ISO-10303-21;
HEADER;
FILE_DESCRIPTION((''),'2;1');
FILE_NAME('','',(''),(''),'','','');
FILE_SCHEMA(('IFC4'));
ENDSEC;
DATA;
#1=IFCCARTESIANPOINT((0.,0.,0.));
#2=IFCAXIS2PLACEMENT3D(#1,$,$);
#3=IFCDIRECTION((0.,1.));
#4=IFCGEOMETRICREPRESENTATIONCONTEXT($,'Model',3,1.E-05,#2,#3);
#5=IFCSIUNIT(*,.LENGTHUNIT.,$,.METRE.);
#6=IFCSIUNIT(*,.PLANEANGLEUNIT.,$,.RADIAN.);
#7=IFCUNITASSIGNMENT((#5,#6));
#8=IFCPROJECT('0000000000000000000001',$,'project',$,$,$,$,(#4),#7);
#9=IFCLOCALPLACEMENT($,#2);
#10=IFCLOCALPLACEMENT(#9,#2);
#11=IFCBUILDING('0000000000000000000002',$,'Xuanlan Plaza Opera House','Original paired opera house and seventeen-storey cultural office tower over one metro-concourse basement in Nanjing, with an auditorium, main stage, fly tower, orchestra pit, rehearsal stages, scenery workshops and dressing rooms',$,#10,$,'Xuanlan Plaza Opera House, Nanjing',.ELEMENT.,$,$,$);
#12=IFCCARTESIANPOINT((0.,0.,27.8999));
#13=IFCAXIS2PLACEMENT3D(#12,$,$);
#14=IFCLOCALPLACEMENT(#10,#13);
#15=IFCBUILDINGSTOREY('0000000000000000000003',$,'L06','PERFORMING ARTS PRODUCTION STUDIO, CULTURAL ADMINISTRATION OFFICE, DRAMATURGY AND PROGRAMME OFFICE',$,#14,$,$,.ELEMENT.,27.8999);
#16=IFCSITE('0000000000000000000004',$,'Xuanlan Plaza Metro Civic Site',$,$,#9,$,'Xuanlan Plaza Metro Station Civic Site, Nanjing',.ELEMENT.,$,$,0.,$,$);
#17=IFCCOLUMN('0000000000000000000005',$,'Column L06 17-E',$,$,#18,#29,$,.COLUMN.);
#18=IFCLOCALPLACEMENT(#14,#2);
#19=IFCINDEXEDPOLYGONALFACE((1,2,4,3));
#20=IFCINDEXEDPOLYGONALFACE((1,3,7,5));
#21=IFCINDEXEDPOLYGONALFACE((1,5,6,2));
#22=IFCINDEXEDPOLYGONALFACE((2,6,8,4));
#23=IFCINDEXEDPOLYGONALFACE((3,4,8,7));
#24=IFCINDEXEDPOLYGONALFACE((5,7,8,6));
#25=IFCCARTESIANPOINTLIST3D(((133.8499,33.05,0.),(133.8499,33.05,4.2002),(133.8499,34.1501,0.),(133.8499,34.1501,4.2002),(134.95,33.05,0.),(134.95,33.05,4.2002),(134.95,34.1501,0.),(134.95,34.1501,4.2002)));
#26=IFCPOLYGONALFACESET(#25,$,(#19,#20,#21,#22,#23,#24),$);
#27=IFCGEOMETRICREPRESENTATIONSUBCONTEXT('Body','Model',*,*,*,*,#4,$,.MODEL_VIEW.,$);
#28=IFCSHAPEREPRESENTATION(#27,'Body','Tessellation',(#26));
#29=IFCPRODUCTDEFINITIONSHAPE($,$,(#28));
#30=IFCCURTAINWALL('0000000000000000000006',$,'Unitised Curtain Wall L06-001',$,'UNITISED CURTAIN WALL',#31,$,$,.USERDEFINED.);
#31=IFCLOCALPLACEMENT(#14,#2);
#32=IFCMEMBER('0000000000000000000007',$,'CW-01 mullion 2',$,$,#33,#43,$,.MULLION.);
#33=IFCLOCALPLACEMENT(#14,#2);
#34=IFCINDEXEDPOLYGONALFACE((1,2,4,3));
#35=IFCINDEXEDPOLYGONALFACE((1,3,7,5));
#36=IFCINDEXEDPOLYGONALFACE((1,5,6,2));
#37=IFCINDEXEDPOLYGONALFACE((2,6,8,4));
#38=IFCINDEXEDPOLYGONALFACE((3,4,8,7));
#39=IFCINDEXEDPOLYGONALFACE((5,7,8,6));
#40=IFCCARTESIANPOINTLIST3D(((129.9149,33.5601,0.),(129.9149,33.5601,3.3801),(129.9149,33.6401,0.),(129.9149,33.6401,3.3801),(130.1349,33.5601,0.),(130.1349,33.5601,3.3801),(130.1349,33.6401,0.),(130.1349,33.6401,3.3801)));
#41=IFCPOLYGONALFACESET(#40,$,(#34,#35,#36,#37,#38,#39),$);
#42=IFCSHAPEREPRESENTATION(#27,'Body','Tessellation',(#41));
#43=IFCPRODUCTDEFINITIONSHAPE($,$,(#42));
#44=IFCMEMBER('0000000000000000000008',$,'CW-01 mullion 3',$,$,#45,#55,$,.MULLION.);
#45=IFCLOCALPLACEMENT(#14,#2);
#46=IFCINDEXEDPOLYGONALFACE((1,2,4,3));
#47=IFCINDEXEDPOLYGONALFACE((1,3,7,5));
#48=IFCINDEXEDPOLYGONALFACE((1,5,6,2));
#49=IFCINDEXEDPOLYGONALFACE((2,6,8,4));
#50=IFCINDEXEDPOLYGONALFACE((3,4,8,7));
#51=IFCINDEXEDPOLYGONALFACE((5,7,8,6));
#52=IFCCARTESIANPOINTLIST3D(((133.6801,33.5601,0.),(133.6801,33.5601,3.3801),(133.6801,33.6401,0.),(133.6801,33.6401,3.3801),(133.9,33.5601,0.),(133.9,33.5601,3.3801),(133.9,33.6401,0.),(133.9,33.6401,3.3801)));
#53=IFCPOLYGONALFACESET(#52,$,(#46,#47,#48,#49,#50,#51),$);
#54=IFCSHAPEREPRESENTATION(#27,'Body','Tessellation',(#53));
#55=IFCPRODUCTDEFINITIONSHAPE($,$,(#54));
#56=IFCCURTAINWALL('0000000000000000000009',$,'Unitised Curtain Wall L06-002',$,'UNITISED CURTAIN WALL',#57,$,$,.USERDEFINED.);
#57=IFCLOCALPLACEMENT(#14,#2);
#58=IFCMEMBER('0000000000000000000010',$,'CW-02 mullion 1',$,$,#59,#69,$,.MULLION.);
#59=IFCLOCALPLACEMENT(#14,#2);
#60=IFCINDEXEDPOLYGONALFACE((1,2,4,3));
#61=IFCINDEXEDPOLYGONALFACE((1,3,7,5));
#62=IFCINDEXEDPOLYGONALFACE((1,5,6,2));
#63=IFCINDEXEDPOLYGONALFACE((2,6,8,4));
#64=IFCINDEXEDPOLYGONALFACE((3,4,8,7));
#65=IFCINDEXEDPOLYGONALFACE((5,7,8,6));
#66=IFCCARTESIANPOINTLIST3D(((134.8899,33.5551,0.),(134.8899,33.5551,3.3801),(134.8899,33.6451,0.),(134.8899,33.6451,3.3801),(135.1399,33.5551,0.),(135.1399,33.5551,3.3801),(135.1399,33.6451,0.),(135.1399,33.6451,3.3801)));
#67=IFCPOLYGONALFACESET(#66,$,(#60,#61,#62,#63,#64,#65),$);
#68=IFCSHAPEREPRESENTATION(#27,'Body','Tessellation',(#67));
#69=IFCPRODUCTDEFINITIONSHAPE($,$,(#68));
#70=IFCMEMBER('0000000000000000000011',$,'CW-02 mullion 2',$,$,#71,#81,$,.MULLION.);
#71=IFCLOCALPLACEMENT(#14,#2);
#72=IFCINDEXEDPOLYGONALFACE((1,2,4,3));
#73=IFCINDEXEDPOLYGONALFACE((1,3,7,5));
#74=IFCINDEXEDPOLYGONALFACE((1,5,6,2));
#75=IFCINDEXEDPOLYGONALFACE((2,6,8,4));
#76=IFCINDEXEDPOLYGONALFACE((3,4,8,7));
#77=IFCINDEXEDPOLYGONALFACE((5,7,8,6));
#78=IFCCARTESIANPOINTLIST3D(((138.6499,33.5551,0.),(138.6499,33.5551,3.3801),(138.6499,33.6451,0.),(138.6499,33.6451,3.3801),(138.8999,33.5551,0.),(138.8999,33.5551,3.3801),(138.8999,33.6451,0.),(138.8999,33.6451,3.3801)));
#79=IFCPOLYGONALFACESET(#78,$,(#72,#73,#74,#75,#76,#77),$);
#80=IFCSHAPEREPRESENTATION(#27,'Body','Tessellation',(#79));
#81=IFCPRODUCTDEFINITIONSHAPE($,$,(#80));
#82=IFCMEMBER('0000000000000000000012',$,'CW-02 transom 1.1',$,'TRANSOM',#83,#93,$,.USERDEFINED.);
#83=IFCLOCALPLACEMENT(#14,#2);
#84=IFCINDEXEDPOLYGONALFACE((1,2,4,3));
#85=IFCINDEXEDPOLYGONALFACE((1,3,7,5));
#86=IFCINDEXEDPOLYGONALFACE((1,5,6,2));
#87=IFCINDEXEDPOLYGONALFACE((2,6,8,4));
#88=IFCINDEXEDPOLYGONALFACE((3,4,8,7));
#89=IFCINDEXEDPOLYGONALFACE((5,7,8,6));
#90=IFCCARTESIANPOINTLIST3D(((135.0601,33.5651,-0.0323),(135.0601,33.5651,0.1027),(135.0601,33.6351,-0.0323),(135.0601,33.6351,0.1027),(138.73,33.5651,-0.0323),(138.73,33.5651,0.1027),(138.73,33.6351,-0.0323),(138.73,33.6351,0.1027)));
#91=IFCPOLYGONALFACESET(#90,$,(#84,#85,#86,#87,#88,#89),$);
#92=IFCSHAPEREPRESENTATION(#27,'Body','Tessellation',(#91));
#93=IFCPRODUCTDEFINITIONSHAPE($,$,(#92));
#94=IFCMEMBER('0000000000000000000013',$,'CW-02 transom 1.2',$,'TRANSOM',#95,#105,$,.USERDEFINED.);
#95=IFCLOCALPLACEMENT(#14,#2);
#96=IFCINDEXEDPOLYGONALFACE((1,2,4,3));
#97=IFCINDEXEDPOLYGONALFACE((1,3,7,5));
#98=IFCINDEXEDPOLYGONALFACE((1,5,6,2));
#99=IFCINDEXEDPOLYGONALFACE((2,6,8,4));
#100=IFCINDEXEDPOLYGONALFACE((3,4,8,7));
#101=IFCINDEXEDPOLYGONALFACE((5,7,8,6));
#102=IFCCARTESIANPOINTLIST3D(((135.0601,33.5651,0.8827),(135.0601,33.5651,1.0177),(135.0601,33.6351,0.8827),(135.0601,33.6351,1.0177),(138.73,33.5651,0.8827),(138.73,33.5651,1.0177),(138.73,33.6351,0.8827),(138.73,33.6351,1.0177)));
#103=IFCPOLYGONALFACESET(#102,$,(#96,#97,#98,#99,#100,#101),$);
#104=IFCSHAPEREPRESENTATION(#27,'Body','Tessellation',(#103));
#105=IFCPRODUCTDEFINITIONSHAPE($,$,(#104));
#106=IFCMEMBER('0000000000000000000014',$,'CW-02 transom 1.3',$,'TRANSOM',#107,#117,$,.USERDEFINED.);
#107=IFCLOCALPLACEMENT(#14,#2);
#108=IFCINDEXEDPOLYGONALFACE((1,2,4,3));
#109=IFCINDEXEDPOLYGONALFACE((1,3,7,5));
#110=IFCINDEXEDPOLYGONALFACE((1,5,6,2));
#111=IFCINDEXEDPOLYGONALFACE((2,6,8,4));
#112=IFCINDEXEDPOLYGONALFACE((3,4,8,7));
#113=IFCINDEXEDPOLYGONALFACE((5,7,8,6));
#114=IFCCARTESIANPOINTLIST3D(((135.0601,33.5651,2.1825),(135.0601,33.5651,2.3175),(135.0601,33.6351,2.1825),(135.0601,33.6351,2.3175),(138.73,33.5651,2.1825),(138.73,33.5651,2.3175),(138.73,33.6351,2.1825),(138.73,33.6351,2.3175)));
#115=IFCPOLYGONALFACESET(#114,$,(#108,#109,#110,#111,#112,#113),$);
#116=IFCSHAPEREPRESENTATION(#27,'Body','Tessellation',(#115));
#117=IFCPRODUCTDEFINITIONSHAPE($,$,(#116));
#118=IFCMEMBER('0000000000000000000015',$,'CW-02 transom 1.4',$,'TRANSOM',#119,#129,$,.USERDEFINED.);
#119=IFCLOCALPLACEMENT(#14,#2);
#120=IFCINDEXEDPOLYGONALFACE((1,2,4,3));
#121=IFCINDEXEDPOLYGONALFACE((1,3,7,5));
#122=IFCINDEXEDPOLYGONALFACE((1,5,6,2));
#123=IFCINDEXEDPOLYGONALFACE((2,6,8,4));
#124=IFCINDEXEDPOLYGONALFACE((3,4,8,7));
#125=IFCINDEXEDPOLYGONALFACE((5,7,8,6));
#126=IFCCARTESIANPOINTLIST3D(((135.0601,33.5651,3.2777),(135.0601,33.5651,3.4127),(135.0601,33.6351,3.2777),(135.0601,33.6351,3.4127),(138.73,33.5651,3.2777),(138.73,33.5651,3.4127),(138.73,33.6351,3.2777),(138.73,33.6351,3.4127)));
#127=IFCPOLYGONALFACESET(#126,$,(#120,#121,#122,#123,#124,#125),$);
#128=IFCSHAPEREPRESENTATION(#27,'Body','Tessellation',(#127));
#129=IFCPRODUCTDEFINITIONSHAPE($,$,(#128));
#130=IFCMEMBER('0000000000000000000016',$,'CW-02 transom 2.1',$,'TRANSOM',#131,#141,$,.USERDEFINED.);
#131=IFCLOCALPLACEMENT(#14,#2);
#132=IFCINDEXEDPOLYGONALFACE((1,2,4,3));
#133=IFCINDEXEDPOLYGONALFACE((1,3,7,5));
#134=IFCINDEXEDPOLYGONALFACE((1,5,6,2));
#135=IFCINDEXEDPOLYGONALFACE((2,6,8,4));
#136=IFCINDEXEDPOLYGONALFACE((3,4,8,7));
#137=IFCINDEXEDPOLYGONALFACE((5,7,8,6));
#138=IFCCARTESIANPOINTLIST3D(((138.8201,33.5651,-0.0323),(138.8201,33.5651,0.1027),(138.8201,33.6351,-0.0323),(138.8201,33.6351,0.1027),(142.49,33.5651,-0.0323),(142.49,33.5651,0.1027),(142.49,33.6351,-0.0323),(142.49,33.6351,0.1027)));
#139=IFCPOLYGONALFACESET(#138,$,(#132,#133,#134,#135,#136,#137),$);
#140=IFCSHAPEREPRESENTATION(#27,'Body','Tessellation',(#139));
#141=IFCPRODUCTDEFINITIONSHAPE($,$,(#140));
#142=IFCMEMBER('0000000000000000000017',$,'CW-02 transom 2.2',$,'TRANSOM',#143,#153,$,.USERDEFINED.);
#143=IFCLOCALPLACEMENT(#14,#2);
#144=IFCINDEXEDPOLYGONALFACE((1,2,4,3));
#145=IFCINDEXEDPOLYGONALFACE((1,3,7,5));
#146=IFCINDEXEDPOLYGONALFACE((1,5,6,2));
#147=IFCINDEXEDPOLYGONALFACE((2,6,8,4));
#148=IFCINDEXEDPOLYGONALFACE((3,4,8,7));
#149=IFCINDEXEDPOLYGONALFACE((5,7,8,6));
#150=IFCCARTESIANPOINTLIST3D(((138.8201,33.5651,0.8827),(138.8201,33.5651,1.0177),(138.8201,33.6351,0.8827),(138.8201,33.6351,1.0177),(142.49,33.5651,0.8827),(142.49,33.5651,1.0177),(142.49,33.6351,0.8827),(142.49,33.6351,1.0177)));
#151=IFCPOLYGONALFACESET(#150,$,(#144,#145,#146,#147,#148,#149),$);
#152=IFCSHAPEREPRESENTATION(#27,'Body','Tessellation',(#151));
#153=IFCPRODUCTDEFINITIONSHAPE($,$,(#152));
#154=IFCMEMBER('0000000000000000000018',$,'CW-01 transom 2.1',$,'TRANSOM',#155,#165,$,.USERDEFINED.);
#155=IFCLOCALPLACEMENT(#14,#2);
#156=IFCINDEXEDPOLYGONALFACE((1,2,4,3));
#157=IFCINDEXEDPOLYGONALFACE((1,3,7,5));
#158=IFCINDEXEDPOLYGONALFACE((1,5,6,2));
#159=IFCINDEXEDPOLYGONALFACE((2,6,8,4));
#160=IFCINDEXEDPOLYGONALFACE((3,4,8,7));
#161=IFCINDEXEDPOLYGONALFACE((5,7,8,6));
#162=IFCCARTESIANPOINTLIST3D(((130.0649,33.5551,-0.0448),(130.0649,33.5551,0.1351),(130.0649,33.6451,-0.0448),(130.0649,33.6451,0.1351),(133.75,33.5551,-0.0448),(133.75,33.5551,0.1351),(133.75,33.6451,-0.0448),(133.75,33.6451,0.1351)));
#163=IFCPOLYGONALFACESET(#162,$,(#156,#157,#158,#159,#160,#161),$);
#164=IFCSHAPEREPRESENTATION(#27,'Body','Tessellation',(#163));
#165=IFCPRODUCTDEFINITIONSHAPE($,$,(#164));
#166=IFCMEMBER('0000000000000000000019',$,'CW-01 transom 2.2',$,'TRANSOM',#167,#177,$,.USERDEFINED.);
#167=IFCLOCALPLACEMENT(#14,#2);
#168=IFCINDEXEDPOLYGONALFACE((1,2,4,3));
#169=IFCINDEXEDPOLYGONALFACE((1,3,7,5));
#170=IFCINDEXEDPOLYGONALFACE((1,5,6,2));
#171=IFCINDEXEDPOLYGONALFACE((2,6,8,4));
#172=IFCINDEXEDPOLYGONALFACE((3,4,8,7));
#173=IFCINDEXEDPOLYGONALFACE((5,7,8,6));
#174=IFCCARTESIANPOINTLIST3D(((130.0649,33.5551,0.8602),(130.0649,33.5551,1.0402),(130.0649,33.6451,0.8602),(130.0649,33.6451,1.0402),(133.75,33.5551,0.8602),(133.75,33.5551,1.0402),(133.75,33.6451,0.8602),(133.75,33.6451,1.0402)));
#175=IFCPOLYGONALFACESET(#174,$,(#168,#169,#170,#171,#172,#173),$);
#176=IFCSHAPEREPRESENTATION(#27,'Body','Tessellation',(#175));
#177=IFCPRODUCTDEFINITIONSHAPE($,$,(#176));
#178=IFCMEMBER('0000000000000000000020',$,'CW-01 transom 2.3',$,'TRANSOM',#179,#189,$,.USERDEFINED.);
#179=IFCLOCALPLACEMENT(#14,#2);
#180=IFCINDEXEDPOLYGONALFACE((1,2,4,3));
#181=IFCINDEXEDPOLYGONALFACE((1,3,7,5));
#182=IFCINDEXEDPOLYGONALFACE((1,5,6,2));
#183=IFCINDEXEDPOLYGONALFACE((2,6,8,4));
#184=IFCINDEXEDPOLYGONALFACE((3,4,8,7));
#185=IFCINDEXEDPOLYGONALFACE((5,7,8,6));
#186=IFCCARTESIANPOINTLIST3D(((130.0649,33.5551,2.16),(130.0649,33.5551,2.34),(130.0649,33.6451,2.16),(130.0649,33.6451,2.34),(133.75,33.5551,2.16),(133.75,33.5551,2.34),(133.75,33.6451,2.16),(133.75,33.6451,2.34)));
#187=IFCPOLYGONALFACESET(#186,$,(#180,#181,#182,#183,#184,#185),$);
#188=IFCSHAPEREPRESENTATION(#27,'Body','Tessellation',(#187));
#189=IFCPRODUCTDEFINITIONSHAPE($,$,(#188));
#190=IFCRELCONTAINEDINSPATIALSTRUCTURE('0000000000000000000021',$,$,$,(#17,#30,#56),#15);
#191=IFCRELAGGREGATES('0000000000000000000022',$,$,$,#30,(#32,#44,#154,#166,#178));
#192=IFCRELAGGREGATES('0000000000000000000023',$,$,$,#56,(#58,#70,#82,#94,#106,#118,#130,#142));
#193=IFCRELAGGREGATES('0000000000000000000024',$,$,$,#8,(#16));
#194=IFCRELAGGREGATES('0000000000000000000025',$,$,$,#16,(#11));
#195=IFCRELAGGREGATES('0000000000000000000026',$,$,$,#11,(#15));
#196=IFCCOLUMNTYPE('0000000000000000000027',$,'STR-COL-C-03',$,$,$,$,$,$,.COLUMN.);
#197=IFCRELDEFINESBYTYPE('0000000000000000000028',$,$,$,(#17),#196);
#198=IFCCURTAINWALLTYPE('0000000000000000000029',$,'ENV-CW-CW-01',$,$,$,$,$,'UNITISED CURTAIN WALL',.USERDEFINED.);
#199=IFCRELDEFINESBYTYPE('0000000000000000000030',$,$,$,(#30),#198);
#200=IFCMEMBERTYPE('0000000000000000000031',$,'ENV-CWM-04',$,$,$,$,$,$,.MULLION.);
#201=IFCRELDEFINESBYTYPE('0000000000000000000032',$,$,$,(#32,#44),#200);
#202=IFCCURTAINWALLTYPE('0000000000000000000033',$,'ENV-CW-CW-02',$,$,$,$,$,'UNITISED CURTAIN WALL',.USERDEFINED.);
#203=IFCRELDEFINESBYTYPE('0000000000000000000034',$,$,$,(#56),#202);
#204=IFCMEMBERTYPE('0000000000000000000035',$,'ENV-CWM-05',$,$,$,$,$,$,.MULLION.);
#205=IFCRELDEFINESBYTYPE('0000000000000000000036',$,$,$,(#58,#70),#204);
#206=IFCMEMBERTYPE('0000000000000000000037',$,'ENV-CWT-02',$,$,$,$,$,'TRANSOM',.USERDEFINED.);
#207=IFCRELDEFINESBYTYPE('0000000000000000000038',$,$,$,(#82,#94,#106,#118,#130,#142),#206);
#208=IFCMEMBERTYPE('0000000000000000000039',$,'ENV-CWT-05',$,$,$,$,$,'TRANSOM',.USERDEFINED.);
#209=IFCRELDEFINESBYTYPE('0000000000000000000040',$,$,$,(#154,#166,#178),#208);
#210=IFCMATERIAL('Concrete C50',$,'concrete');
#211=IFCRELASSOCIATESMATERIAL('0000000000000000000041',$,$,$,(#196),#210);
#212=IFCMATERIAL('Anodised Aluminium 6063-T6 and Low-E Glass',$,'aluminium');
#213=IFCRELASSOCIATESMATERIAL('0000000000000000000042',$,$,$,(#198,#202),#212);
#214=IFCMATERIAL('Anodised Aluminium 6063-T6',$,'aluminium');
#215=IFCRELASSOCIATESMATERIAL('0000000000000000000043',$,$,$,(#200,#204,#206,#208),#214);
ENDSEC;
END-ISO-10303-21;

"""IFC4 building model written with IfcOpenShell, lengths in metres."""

from ifc_helpers import new_model, si_unit, direction, frame, origin, origin_2d, place, context, subcontext, project, spatial, rectangle, extrude, material, material_profile, profile_set, type_object, element, aggregate, save


model = new_model("IFC4")

# Units and contexts
model_context = context("Model", 3, precision=1e-05, world=origin(), true_north=direction((0.0, 1.0)))
body_context = subcontext(model_context, "Body", "Model", "MODEL_VIEW")
ifc_project = project(units=[si_unit("LENGTHUNIT", "METRE"), si_unit("PLANEANGLEUNIT", "RADIAN")], contexts=[model_context])

# Site, building, storey
site_placement = place(None, origin())
site = spatial("IfcSite", under=ifc_project, at=site_placement, Name="Xuanlan Plaza Metro Civic Site", LongName="Xuanlan Plaza Metro Station Civic Site, Nanjing", CompositionType="ELEMENT", RefElevation=0.0)
building_placement = place(site_placement, origin())
building = spatial("IfcBuilding", under=site, at=building_placement, Name="Xuanlan Plaza Opera House", Description="Original paired opera house and seventeen-storey cultural office tower over one metro-concourse basement in Nanjing, with an auditorium, main stage, fly tower, orchestra pit, rehearsal stages, scenery workshops and dressing rooms", LongName="Xuanlan Plaza Opera House, Nanjing", CompositionType="ELEMENT")
storey_placement = place(building_placement, frame((0.0, 0.0, 27.8999)))
storey = spatial("IfcBuildingStorey", under=building, at=storey_placement, Name="L06", Description="PERFORMING ARTS PRODUCTION STUDIO, CULTURAL ADMINISTRATION OFFICE, DRAMATURGY AND PROGRAMME OFFICE", CompositionType="ELEMENT", Elevation=27.8999)

# Column
ifc_material_1 = material(Name="Concrete C50", Category="concrete")
ifc_material_profile_1 = material_profile(ifc_material_1, rectangle(XDim=1.1001, YDim=1.1001, at=origin_2d()), Name="RC-COL 1100x1100")
ifc_profile_set_1 = profile_set([ifc_material_profile_1], Name="Concrete C50")
column_type = type_object("IfcColumnType", Name="STR-COL-C-03", PredefinedType="COLUMN", material=ifc_profile_set_1)
column_placement = place(storey_placement, frame((134.3999, 33.6001, 0.0), z_axis=(0.0, 0.0, 1.0), x_axis=(1.0, 0.0, 0.0)))
element("IfcColumn", 1, at=column_placement, inside=storey, type_object=column_type, Name="Column L06 17-E", PredefinedType="COLUMN", context=body_context, shape_type="SweptSolid", body=[
    extrude(rectangle(XDim=1.1001, YDim=1.1001, at=origin_2d()), origin(), (0.0, 0.0, 1.0), 4.2002),
])

# Curtain walls, members
ifc_material_2 = material(Name="Anodised Aluminium 6063-T6 and Low-E Glass", Category="aluminium")
curtain_wall_type_1 = type_object("IfcCurtainWallType", Name="ENV-CW-CW-01", ElementType="UNITISED CURTAIN WALL", PredefinedType="USERDEFINED", material=ifc_material_2)
curtain_wall_1_placement = place(storey_placement, origin())
curtain_wall_1 = element("IfcCurtainWall", 2, at=curtain_wall_1_placement, inside=storey, type_object=curtain_wall_type_1, Name="Unitised Curtain Wall L06-001", ObjectType="UNITISED CURTAIN WALL", PredefinedType="USERDEFINED")
ifc_material_3 = material(Name="Anodised Aluminium 6063-T6", Category="aluminium")
ifc_material_profile_2 = material_profile(ifc_material_3, rectangle(XDim=0.0801, YDim=0.22, at=origin_2d()), Name="ALU-M 80x220")
ifc_profile_set_2 = profile_set([ifc_material_profile_2], Name="Anodised Aluminium 6063-T6")
member_type_1 = type_object("IfcMemberType", Name="ENV-CWM-04", PredefinedType="MULLION", material=ifc_profile_set_2)
member_1_placement = place(storey_placement, frame((130.0249, 33.6001, 0.0), z_axis=(0.0, 0.0, 1.0), x_axis=(0.0, 1.0, 0.0)))
member_1 = element("IfcMember", 3, at=member_1_placement, type_object=member_type_1, Name="CW-01 mullion 2", PredefinedType="MULLION", context=body_context, shape_type="SweptSolid", body=[
    extrude(rectangle(XDim=0.0801, YDim=0.22, at=origin_2d()), origin(), (0.0, 0.0, 1.0), 3.3801),
])
member_2_placement = place(storey_placement, frame((133.79, 33.6001, 0.0), z_axis=(0.0, 0.0, 1.0), x_axis=(0.0, 1.0, 0.0)))
member_2 = element("IfcMember", 4, at=member_2_placement, type_object=member_type_1, Name="CW-01 mullion 3", PredefinedType="MULLION", context=body_context, shape_type="SweptSolid", body=[
    extrude(rectangle(XDim=0.0801, YDim=0.22, at=origin_2d()), origin(), (0.0, 0.0, 1.0), 3.3801),
])
curtain_wall_type_2 = type_object("IfcCurtainWallType", Name="ENV-CW-CW-02", ElementType="UNITISED CURTAIN WALL", PredefinedType="USERDEFINED", material=ifc_material_2)
curtain_wall_2_placement = place(storey_placement, origin())
curtain_wall_2 = element("IfcCurtainWall", 5, at=curtain_wall_2_placement, inside=storey, type_object=curtain_wall_type_2, Name="Unitised Curtain Wall L06-002", ObjectType="UNITISED CURTAIN WALL", PredefinedType="USERDEFINED")
ifc_material_profile_3 = material_profile(ifc_material_3, rectangle(XDim=0.0901, YDim=0.25, at=origin_2d()), Name="ALU-M 90x250")
ifc_profile_set_3 = profile_set([ifc_material_profile_3], Name="Anodised Aluminium 6063-T6")
member_type_2 = type_object("IfcMemberType", Name="ENV-CWM-05", PredefinedType="MULLION", material=ifc_profile_set_3)
member_3_placement = place(storey_placement, frame((135.0149, 33.6001, 0.0), z_axis=(0.0, 0.0, 1.0), x_axis=(0.0, 1.0, 0.0)))
member_3 = element("IfcMember", 6, at=member_3_placement, type_object=member_type_2, Name="CW-02 mullion 1", PredefinedType="MULLION", context=body_context, shape_type="SweptSolid", body=[
    extrude(rectangle(XDim=0.0901, YDim=0.25, at=origin_2d()), origin(), (0.0, 0.0, 1.0), 3.3801),
])
member_4_placement = place(storey_placement, frame((138.7749, 33.6001, 0.0), z_axis=(0.0, 0.0, 1.0), x_axis=(0.0, 1.0, 0.0)))
member_4 = element("IfcMember", 7, at=member_4_placement, type_object=member_type_2, Name="CW-02 mullion 2", PredefinedType="MULLION", context=body_context, shape_type="SweptSolid", body=[
    extrude(rectangle(XDim=0.0901, YDim=0.25, at=origin_2d()), origin(), (0.0, 0.0, 1.0), 3.3801),
])
ifc_material_profile_4 = material_profile(ifc_material_3, rectangle(XDim=0.0701, YDim=0.135, at=origin_2d()), Name="ALU-T 70x135")
ifc_profile_set_4 = profile_set([ifc_material_profile_4], Name="Anodised Aluminium 6063-T6")
member_type_3 = type_object("IfcMemberType", Name="ENV-CWT-02", ElementType="TRANSOM", PredefinedType="USERDEFINED", material=ifc_profile_set_4)
member_5_placement = place(storey_placement, frame((135.0601, 33.6001, 0.0352), z_axis=(1.0, 0.0, 0.0), x_axis=(0.0, 1.0, 0.0)))
member_5 = element("IfcMember", 8, at=member_5_placement, type_object=member_type_3, Name="CW-02 transom 1.1", ObjectType="TRANSOM", PredefinedType="USERDEFINED", context=body_context, shape_type="SweptSolid", body=[
    extrude(rectangle(XDim=0.0701, YDim=0.135, at=origin_2d()), origin(), (0.0, 0.0, 1.0), 3.6699),
])
member_6_placement = place(storey_placement, frame((135.0601, 33.6001, 0.9502), z_axis=(1.0, 0.0, 0.0), x_axis=(0.0, 1.0, 0.0)))
member_6 = element("IfcMember", 9, at=member_6_placement, type_object=member_type_3, Name="CW-02 transom 1.2", ObjectType="TRANSOM", PredefinedType="USERDEFINED", context=body_context, shape_type="SweptSolid", body=[
    extrude(rectangle(XDim=0.0701, YDim=0.135, at=origin_2d()), origin(), (0.0, 0.0, 1.0), 3.6699),
])
member_7_placement = place(storey_placement, frame((135.0601, 33.6001, 2.25), z_axis=(1.0, 0.0, 0.0), x_axis=(0.0, 1.0, 0.0)))
member_7 = element("IfcMember", 10, at=member_7_placement, type_object=member_type_3, Name="CW-02 transom 1.3", ObjectType="TRANSOM", PredefinedType="USERDEFINED", context=body_context, shape_type="SweptSolid", body=[
    extrude(rectangle(XDim=0.0701, YDim=0.135, at=origin_2d()), origin(), (0.0, 0.0, 1.0), 3.6699),
])
member_8_placement = place(storey_placement, frame((135.0601, 33.6001, 3.3452), z_axis=(1.0, 0.0, 0.0), x_axis=(0.0, 1.0, 0.0)))
member_8 = element("IfcMember", 11, at=member_8_placement, type_object=member_type_3, Name="CW-02 transom 1.4", ObjectType="TRANSOM", PredefinedType="USERDEFINED", context=body_context, shape_type="SweptSolid", body=[
    extrude(rectangle(XDim=0.0701, YDim=0.135, at=origin_2d()), origin(), (0.0, 0.0, 1.0), 3.6699),
])
member_9_placement = place(storey_placement, frame((138.8201, 33.6001, 0.0352), z_axis=(1.0, 0.0, 0.0), x_axis=(0.0, 1.0, 0.0)))
member_9 = element("IfcMember", 12, at=member_9_placement, type_object=member_type_3, Name="CW-02 transom 2.1", ObjectType="TRANSOM", PredefinedType="USERDEFINED", context=body_context, shape_type="SweptSolid", body=[
    extrude(rectangle(XDim=0.0701, YDim=0.135, at=origin_2d()), origin(), (0.0, 0.0, 1.0), 3.6699),
])
member_10_placement = place(storey_placement, frame((138.8201, 33.6001, 0.9502), z_axis=(1.0, 0.0, 0.0), x_axis=(0.0, 1.0, 0.0)))
member_10 = element("IfcMember", 13, at=member_10_placement, type_object=member_type_3, Name="CW-02 transom 2.2", ObjectType="TRANSOM", PredefinedType="USERDEFINED", context=body_context, shape_type="SweptSolid", body=[
    extrude(rectangle(XDim=0.0701, YDim=0.135, at=origin_2d()), origin(), (0.0, 0.0, 1.0), 3.6699),
])

# Members
ifc_material_profile_5 = material_profile(ifc_material_3, rectangle(XDim=0.0901, YDim=0.1799, at=origin_2d()), Name="ALU-T 90x180")
ifc_profile_set_5 = profile_set([ifc_material_profile_5], Name="Anodised Aluminium 6063-T6")
member_type_4 = type_object("IfcMemberType", Name="ENV-CWT-05", ElementType="TRANSOM", PredefinedType="USERDEFINED", material=ifc_profile_set_5)
member_11_placement = place(storey_placement, frame((130.0649, 33.6001, 0.0452), z_axis=(1.0, 0.0, 0.0), x_axis=(0.0, 1.0, 0.0)))
member_11 = element("IfcMember", 14, at=member_11_placement, type_object=member_type_4, Name="CW-01 transom 2.1", ObjectType="TRANSOM", PredefinedType="USERDEFINED", context=body_context, shape_type="SweptSolid", body=[
    extrude(rectangle(XDim=0.0901, YDim=0.1799, at=origin_2d()), origin(), (0.0, 0.0, 1.0), 3.6851),
])
member_12_placement = place(storey_placement, frame((130.0649, 33.6001, 0.9502), z_axis=(1.0, 0.0, 0.0), x_axis=(0.0, 1.0, 0.0)))
member_12 = element("IfcMember", 15, at=member_12_placement, type_object=member_type_4, Name="CW-01 transom 2.2", ObjectType="TRANSOM", PredefinedType="USERDEFINED", context=body_context, shape_type="SweptSolid", body=[
    extrude(rectangle(XDim=0.0901, YDim=0.1799, at=origin_2d()), origin(), (0.0, 0.0, 1.0), 3.6851),
])
member_13_placement = place(storey_placement, frame((130.0649, 33.6001, 2.25), z_axis=(1.0, 0.0, 0.0), x_axis=(0.0, 1.0, 0.0)))
member_13 = element("IfcMember", 16, at=member_13_placement, type_object=member_type_4, Name="CW-01 transom 2.3", ObjectType="TRANSOM", PredefinedType="USERDEFINED", context=body_context, shape_type="SweptSolid", body=[
    extrude(rectangle(XDim=0.0901, YDim=0.1799, at=origin_2d()), origin(), (0.0, 0.0, 1.0), 3.6851),
])

aggregate(curtain_wall_1, [member_1, member_2, member_11, member_12, member_13])
aggregate(curtain_wall_2, [member_3, member_4, member_5, member_6, member_7, member_8, member_9, member_10])

save(model, "model.ifc")
